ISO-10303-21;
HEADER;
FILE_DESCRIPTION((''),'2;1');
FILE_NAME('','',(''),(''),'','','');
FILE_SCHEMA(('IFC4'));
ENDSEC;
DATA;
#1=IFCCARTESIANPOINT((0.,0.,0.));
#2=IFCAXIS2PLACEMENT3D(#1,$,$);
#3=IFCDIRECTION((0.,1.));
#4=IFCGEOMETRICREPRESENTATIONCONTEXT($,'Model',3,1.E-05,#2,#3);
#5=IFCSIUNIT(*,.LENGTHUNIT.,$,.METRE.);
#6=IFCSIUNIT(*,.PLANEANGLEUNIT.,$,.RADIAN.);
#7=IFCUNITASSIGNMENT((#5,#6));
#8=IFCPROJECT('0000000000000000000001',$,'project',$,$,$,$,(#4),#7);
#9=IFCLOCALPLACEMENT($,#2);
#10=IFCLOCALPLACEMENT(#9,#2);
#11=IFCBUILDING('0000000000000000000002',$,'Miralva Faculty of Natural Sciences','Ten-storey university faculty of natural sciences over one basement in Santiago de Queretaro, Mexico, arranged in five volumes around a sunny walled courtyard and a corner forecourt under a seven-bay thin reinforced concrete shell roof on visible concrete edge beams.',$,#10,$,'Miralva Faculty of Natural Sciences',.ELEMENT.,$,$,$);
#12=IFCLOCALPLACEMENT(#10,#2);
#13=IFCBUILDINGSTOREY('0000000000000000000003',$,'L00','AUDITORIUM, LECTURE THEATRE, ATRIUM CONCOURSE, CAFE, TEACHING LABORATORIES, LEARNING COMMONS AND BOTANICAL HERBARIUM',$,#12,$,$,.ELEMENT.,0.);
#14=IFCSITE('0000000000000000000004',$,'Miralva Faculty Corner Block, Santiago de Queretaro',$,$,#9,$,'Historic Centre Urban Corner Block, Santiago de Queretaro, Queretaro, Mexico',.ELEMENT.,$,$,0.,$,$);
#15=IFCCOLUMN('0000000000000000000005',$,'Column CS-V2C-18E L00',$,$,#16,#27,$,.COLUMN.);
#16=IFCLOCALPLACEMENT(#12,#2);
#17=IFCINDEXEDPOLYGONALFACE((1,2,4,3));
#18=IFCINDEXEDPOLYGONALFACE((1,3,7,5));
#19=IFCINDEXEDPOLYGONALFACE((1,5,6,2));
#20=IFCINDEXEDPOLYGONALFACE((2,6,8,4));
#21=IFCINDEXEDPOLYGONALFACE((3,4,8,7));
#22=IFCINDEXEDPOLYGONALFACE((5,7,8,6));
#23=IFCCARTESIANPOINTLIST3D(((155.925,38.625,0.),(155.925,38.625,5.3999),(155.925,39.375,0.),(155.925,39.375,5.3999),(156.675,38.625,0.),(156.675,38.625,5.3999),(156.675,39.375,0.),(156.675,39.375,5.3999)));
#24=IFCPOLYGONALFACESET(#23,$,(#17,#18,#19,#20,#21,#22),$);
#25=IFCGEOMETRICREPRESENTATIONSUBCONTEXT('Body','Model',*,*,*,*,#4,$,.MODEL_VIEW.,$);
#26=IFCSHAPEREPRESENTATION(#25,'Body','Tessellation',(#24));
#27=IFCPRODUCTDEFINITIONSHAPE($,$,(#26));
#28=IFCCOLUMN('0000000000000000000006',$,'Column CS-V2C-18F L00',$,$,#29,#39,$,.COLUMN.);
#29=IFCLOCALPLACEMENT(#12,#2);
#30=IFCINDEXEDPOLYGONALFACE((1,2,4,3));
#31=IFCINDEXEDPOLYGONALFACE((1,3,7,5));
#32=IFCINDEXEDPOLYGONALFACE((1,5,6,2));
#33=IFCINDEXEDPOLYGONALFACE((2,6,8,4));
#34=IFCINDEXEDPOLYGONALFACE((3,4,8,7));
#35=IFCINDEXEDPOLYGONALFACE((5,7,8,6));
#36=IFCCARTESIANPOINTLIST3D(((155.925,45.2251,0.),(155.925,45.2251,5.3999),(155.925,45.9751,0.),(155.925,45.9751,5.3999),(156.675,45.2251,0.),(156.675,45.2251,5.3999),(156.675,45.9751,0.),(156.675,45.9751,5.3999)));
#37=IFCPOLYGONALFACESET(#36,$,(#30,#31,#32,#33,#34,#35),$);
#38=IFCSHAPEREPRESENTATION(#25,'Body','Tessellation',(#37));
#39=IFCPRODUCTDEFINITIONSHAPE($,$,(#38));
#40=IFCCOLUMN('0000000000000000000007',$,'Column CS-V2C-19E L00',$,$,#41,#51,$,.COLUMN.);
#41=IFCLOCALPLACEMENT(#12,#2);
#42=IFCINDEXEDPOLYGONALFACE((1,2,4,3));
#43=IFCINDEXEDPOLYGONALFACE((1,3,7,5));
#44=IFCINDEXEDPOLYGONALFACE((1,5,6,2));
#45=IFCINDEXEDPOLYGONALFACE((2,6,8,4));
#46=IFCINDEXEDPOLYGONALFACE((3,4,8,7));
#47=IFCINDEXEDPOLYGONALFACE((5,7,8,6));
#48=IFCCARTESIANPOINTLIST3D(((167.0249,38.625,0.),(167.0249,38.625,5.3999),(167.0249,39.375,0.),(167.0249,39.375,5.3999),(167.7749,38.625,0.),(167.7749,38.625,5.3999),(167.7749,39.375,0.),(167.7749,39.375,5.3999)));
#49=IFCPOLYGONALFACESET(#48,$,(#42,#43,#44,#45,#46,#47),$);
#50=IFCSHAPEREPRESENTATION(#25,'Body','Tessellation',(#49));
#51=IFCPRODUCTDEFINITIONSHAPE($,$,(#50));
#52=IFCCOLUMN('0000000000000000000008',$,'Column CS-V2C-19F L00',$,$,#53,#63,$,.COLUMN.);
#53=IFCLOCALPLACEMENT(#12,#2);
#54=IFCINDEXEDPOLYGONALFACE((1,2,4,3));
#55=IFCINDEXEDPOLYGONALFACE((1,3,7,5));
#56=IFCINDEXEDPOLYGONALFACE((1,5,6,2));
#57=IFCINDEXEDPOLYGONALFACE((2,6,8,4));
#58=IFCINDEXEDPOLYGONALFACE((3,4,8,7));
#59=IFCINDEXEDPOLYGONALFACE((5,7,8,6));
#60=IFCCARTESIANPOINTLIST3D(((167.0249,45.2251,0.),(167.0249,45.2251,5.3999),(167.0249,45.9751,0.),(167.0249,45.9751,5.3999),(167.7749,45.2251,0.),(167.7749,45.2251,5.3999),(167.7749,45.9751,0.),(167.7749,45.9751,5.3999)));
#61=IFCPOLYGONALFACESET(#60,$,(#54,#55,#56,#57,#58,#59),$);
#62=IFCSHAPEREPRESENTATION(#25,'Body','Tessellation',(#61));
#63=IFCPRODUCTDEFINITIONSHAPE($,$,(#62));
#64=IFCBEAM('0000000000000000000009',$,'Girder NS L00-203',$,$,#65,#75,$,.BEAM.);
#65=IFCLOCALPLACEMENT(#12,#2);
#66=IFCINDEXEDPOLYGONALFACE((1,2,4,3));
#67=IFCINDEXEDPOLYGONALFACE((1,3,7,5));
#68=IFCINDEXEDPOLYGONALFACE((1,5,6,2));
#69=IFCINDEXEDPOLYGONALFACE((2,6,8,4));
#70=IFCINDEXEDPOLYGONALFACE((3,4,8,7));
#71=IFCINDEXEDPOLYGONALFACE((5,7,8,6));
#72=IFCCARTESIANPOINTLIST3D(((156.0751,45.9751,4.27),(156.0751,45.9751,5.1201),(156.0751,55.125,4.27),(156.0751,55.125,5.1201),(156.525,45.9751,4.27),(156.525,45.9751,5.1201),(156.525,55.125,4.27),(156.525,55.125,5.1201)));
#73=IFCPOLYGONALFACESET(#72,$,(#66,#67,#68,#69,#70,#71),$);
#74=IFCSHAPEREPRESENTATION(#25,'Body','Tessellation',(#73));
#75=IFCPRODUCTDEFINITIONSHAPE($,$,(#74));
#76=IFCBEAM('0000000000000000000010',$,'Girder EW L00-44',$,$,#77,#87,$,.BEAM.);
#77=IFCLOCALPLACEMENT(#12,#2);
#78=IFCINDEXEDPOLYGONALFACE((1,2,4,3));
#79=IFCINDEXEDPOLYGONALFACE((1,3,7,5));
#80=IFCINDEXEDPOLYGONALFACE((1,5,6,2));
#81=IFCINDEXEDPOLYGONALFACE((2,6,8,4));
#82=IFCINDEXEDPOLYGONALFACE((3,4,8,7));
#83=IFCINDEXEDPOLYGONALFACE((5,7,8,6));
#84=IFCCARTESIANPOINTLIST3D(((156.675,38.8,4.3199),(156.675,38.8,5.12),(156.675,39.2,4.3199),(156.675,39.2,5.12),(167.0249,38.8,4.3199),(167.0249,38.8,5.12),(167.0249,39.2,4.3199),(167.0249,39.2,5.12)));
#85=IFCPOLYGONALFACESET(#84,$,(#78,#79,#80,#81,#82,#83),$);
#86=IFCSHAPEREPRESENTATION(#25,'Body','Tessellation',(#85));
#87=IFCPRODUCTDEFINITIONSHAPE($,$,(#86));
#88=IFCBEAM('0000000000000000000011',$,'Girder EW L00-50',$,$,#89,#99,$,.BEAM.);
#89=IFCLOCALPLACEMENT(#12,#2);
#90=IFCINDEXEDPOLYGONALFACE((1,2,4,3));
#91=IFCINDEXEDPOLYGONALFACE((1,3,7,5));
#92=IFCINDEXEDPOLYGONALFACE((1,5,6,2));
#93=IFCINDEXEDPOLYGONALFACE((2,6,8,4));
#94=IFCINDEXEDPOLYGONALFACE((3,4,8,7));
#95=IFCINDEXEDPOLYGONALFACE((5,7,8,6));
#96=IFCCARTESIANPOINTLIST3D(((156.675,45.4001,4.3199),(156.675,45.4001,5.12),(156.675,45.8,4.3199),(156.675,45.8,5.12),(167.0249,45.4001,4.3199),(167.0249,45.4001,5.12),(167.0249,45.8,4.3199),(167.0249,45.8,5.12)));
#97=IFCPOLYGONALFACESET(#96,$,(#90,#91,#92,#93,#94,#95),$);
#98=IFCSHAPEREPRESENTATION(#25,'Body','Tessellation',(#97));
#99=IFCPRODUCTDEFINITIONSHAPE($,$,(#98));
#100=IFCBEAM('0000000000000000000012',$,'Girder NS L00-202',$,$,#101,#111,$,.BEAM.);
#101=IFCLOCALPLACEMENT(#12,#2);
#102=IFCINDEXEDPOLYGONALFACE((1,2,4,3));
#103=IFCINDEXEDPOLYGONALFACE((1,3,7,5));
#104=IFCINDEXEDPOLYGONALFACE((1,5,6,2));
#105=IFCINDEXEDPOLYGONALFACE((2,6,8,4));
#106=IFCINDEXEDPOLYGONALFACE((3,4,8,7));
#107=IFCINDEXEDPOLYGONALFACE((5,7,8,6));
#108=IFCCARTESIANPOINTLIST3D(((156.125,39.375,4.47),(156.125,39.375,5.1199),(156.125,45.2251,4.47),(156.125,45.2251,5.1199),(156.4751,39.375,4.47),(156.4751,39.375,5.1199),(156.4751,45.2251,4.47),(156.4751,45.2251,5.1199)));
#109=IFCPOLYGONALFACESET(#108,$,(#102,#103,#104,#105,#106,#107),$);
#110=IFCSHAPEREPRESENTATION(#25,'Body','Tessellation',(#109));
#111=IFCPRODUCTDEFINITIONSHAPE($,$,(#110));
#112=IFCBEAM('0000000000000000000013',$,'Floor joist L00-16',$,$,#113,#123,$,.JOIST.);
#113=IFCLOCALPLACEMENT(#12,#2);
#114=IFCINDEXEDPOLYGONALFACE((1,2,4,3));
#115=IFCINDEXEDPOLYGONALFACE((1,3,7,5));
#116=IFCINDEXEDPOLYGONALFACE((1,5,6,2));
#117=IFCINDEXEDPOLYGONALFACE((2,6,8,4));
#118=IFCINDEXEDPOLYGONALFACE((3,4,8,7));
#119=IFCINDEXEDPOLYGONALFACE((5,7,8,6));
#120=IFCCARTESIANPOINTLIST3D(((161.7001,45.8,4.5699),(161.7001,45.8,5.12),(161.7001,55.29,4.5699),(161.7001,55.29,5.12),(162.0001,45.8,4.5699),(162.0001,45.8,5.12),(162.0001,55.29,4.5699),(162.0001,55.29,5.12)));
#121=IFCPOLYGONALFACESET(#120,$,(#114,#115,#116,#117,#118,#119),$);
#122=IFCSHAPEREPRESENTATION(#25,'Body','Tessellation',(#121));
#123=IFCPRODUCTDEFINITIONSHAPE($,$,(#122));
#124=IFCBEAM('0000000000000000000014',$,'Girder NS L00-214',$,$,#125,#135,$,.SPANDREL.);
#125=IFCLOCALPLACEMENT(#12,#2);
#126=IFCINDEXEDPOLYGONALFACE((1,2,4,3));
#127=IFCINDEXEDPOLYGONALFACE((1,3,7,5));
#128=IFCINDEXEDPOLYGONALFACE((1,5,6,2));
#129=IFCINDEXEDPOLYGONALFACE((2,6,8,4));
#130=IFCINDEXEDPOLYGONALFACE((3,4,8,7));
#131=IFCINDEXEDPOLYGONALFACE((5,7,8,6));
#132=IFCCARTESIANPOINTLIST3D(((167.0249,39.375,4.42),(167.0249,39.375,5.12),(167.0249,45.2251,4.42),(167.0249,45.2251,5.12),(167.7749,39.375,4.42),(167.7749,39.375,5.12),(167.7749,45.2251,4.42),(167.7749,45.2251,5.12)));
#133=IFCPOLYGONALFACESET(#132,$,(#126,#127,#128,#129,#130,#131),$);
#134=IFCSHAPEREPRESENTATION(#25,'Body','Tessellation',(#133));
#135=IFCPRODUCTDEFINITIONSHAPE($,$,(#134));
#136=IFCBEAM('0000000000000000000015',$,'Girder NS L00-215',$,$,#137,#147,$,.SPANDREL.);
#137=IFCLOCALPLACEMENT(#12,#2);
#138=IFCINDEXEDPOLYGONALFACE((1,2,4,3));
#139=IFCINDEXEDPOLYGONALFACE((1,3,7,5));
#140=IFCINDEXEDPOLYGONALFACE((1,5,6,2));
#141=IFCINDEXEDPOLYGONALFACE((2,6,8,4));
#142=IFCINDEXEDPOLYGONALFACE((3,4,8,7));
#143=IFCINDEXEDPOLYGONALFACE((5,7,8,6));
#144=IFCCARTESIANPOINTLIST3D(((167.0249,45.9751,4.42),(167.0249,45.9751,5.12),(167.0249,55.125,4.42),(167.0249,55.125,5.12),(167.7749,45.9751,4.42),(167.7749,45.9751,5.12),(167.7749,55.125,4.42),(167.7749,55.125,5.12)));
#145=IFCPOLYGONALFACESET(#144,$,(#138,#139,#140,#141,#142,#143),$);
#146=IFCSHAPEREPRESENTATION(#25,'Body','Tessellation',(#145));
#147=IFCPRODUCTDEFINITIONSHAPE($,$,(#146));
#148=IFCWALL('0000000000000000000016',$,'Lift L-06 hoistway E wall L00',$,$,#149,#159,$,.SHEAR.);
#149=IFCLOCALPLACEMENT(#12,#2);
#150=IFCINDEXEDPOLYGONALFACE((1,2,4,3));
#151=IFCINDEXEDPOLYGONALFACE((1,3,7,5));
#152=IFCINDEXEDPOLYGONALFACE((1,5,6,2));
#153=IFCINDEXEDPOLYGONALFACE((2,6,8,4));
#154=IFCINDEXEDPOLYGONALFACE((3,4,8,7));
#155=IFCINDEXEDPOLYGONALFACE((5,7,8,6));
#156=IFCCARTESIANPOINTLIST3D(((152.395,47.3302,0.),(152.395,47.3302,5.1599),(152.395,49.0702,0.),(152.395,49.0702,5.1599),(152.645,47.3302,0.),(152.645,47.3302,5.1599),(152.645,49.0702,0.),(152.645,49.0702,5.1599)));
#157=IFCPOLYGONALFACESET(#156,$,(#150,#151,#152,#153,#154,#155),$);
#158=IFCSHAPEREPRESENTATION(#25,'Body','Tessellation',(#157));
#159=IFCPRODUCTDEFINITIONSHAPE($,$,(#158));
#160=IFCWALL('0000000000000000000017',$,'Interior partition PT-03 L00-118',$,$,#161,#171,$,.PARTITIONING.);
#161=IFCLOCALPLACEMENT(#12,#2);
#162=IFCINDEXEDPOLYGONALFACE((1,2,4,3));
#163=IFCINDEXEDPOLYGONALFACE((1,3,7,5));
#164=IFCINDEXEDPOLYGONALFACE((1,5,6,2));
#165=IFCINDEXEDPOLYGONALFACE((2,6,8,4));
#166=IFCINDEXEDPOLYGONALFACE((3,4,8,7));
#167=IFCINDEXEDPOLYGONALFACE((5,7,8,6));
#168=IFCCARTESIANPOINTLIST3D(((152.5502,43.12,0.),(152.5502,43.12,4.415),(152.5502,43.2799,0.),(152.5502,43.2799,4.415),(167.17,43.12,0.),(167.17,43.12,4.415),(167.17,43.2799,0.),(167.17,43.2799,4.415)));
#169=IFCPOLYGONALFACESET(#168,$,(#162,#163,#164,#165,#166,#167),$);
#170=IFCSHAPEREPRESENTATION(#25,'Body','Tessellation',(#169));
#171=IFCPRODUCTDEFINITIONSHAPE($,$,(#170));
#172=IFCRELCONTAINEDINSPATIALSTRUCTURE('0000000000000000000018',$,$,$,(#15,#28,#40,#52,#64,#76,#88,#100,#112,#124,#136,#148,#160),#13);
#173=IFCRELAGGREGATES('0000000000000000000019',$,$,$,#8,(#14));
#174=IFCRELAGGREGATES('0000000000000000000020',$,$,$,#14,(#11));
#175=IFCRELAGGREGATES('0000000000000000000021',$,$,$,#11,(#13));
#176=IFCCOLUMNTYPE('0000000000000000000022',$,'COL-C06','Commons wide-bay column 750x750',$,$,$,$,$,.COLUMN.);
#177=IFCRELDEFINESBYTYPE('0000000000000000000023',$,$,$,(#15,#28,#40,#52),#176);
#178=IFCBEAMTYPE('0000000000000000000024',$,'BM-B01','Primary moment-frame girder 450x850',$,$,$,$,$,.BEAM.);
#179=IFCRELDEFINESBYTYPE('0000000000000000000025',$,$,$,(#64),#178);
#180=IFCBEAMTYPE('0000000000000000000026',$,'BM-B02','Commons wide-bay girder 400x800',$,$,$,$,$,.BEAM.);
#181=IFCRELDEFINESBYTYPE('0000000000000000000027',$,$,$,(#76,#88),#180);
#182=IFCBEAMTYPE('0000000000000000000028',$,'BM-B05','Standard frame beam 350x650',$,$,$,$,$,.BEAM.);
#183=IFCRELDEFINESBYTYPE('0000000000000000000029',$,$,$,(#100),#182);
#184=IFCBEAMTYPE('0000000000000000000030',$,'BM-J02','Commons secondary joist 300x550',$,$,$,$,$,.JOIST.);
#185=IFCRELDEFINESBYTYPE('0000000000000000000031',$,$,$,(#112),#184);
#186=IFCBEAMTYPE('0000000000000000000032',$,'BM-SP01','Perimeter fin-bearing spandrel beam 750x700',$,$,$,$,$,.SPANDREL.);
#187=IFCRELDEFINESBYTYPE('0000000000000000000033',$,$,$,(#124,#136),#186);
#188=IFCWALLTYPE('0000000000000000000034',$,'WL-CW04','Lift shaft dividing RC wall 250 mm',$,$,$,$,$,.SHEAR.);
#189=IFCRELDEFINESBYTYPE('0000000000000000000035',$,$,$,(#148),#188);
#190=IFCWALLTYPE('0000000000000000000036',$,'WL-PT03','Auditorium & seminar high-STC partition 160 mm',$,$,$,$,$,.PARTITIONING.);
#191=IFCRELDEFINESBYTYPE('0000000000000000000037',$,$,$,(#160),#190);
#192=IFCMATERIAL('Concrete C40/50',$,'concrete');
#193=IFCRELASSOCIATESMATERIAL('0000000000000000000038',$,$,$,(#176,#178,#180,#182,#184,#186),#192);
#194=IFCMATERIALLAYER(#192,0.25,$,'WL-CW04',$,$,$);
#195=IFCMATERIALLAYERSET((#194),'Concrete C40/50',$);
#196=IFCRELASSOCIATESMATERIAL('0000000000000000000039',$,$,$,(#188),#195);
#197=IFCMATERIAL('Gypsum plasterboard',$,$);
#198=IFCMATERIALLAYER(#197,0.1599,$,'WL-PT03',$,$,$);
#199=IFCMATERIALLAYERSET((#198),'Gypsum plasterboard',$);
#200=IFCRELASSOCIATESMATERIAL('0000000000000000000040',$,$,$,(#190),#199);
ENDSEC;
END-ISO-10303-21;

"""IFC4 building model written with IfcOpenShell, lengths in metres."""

from ifc_helpers import new_model, si_unit, direction, frame, frame_2d, origin, origin_2d, place, context, subcontext, project, spatial, rectangle, extrude, material, layer, layer_set, material_profile, profile_set, type_object, element, save


model = new_model("IFC4")

# Units and contexts
model_context = context("Model", 3, precision=1e-05, world=origin(), true_north=direction((0.0, 1.0)))
body_context = subcontext(model_context, "Body", "Model", "MODEL_VIEW")
ifc_project = project(units=[si_unit("LENGTHUNIT", "METRE"), si_unit("PLANEANGLEUNIT", "RADIAN")], contexts=[model_context])

# Site, building, storey
site_placement = place(None, origin())
site = spatial("IfcSite", under=ifc_project, at=site_placement, Name="Miralva Faculty Corner Block, Santiago de Queretaro", LongName="Historic Centre Urban Corner Block, Santiago de Queretaro, Queretaro, Mexico", CompositionType="ELEMENT", RefElevation=0.0)
building_placement = place(site_placement, origin())
building = spatial("IfcBuilding", under=site, at=building_placement, Name="Miralva Faculty of Natural Sciences", Description="Ten-storey university faculty of natural sciences over one basement in Santiago de Queretaro, Mexico, arranged in five volumes around a sunny walled courtyard and a corner forecourt under a seven-bay thin reinforced concrete shell roof on visible concrete edge beams.", LongName="Miralva Faculty of Natural Sciences", CompositionType="ELEMENT")
storey_placement = place(building_placement, origin())
storey = spatial("IfcBuildingStorey", under=building, at=storey_placement, Name="L00", Description="AUDITORIUM, LECTURE THEATRE, ATRIUM CONCOURSE, CAFE, TEACHING LABORATORIES, LEARNING COMMONS AND BOTANICAL HERBARIUM", CompositionType="ELEMENT", Elevation=0.0)

# Columns
ifc_material_1 = material(Name="Concrete C40/50", Category="concrete")
ifc_material_profile_1 = material_profile(ifc_material_1, rectangle(XDim=0.75, YDim=0.75, at=origin_2d()), Name="RC 750x750")
ifc_profile_set_1 = profile_set([ifc_material_profile_1], Name="Concrete C40/50")
column_type = type_object("IfcColumnType", Name="COL-C06", Description="Commons wide-bay column 750x750", PredefinedType="COLUMN", material=ifc_profile_set_1)
for number, where, z_axis, x_axis, name in (
    (1, (156.3, 39.0, 0.0), (0.0, 0.0, 1.0), (1.0, 0.0, 0.0), "Column CS-V2C-18E L00"),
    (2, (156.3, 45.6001, 0.0), (0.0, 0.0, 1.0), (1.0, 0.0, 0.0), "Column CS-V2C-18F L00"),
    (3, (167.3999, 39.0, 0.0), (0.0, 0.0, 1.0), (1.0, 0.0, 0.0), "Column CS-V2C-19E L00"),
    (4, (167.3999, 45.6001, 0.0), (0.0, 0.0, 1.0), (1.0, 0.0, 0.0), "Column CS-V2C-19F L00"),
):
    element("IfcColumn", number, at=place(storey_placement, frame(where, z_axis=z_axis, x_axis=x_axis)), inside=storey, type_object=column_type, Name=name, PredefinedType="COLUMN", context=body_context, shape_type="SweptSolid", body=[
        extrude(rectangle(XDim=0.75, YDim=0.75, at=origin_2d()), origin(), (0.0, 0.0, 1.0), 5.3999),
    ])

# Beams
ifc_material_profile_2 = material_profile(ifc_material_1, rectangle(XDim=0.45, YDim=0.8501, at=origin_2d()), Name="RC 450x850")
ifc_profile_set_2 = profile_set([ifc_material_profile_2], Name="Concrete C40/50")
beam_type_1 = type_object("IfcBeamType", Name="BM-B01", Description="Primary moment-frame girder 450x850", PredefinedType="BEAM", material=ifc_profile_set_2)
beam_1_placement = place(storey_placement, frame((156.3, 45.9751, 4.6951), z_axis=(0.0, 1.0, 0.0), x_axis=(-1.0, 0.0, 0.0)))
element("IfcBeam", 5, at=beam_1_placement, inside=storey, type_object=beam_type_1, Name="Girder NS L00-203", PredefinedType="BEAM", context=body_context, shape_type="SweptSolid", body=[
    extrude(rectangle(XDim=0.45, YDim=0.8501, at=origin_2d()), origin(), (0.0, 0.0, 1.0), 9.1499),
])
ifc_material_profile_3 = material_profile(ifc_material_1, rectangle(XDim=0.3999, YDim=0.8, at=origin_2d()), Name="RC 400x800")
ifc_profile_set_3 = profile_set([ifc_material_profile_3], Name="Concrete C40/50")
beam_type_2 = type_object("IfcBeamType", Name="BM-B02", Description="Commons wide-bay girder 400x800", PredefinedType="BEAM", material=ifc_profile_set_3)
for number, where, z_axis, x_axis, name in (
    (6, (156.675, 39.0, 4.72), (1.0, 0.0, 0.0), (0.0, 1.0, 0.0), "Girder EW L00-44"),
    (7, (156.675, 45.6001, 4.72), (1.0, 0.0, 0.0), (0.0, 1.0, 0.0), "Girder EW L00-50"),
):
    element("IfcBeam", number, at=place(storey_placement, frame(where, z_axis=z_axis, x_axis=x_axis)), inside=storey, type_object=beam_type_2, Name=name, PredefinedType="BEAM", context=body_context, shape_type="SweptSolid", body=[
        extrude(rectangle(XDim=0.3999, YDim=0.8, at=origin_2d()), origin(), (0.0, 0.0, 1.0), 10.3499),
    ])
ifc_material_profile_4 = material_profile(ifc_material_1, rectangle(XDim=0.3501, YDim=0.6499, at=origin_2d()), Name="RC 350x650")
ifc_profile_set_4 = profile_set([ifc_material_profile_4], Name="Concrete C40/50")
beam_type_3 = type_object("IfcBeamType", Name="BM-B05", Description="Standard frame beam 350x650", PredefinedType="BEAM", material=ifc_profile_set_4)
beam_2_placement = place(storey_placement, frame((156.3, 39.375, 4.7949), z_axis=(0.0, 1.0, 0.0), x_axis=(-1.0, 0.0, 0.0)))
element("IfcBeam", 8, at=beam_2_placement, inside=storey, type_object=beam_type_3, Name="Girder NS L00-202", PredefinedType="BEAM", context=body_context, shape_type="SweptSolid", body=[
    extrude(rectangle(XDim=0.3501, YDim=0.6499, at=origin_2d()), origin(), (0.0, 0.0, 1.0), 5.8501),
])
ifc_material_profile_5 = material_profile(ifc_material_1, rectangle(XDim=0.3, YDim=0.55, at=origin_2d()), Name="RC 300x550")
ifc_profile_set_5 = profile_set([ifc_material_profile_5], Name="Concrete C40/50")
beam_type_4 = type_object("IfcBeamType", Name="BM-J02", Description="Commons secondary joist 300x550", PredefinedType="JOIST", material=ifc_profile_set_5)
beam_3_placement = place(storey_placement, frame((161.8501, 45.8, 4.845), z_axis=(0.0, 1.0, 0.0), x_axis=(-1.0, 0.0, 0.0)))
element("IfcBeam", 9, at=beam_3_placement, inside=storey, type_object=beam_type_4, Name="Floor joist L00-16", PredefinedType="JOIST", context=body_context, shape_type="SweptSolid", body=[
    extrude(rectangle(XDim=0.3, YDim=0.55, at=origin_2d()), origin(), (0.0, 0.0, 1.0), 9.49),
])
ifc_material_profile_6 = material_profile(ifc_material_1, rectangle(XDim=0.75, YDim=0.7, at=origin_2d()), Name="RC 750x700")
ifc_profile_set_6 = profile_set([ifc_material_profile_6], Name="Concrete C40/50")
beam_type_5 = type_object("IfcBeamType", Name="BM-SP01", Description="Perimeter fin-bearing spandrel beam 750x700", PredefinedType="SPANDREL", material=ifc_profile_set_6)
beam_4_placement = place(storey_placement, frame((167.3999, 39.375, 4.77), z_axis=(0.0, 1.0, 0.0), x_axis=(-1.0, 0.0, 0.0)))
element("IfcBeam", 10, at=beam_4_placement, inside=storey, type_object=beam_type_5, Name="Girder NS L00-214", PredefinedType="SPANDREL", context=body_context, shape_type="SweptSolid", body=[
    extrude(rectangle(XDim=0.75, YDim=0.7, at=origin_2d()), origin(), (0.0, 0.0, 1.0), 5.8501),
])
beam_5_placement = place(storey_placement, frame((167.3999, 45.9751, 4.77), z_axis=(0.0, 1.0, 0.0), x_axis=(-1.0, 0.0, 0.0)))
element("IfcBeam", 11, at=beam_5_placement, inside=storey, type_object=beam_type_5, Name="Girder NS L00-215", PredefinedType="SPANDREL", context=body_context, shape_type="SweptSolid", body=[
    extrude(rectangle(XDim=0.75, YDim=0.7, at=origin_2d()), origin(), (0.0, 0.0, 1.0), 9.1499),
])

# Walls
ifc_layer_1 = layer(ifc_material_1, 0.25, Name="WL-CW04")
ifc_layer_set_1 = layer_set([ifc_layer_1], Name="Concrete C40/50")
wall_type_1 = type_object("IfcWallType", Name="WL-CW04", Description="Lift shaft dividing RC wall 250 mm", PredefinedType="SHEAR", material=ifc_layer_set_1)
wall_1_placement = place(storey_placement, frame((152.52, 47.3301, 0.0), z_axis=(0.0, 0.0, 1.0), x_axis=(0.0, 1.0, 0.0)))
element("IfcWall", 12, at=wall_1_placement, inside=storey, type_object=wall_type_1, Name="Lift L-06 hoistway E wall L00", PredefinedType="SHEAR", context=body_context, shape_type="SweptSolid", body=[
    extrude(rectangle(XDim=1.74, YDim=0.25, at=frame_2d((0.8701, 0.0))), origin(), (0.0, 0.0, 1.0), 5.1599),
])
ifc_material_2 = material(Name="Gypsum plasterboard")
ifc_layer_2 = layer(ifc_material_2, 0.1599, Name="WL-PT03")
ifc_layer_set_2 = layer_set([ifc_layer_2], Name="Gypsum plasterboard")
wall_type_2 = type_object("IfcWallType", Name="WL-PT03", Description="Auditorium & seminar high-STC partition 160 mm", PredefinedType="PARTITIONING", material=ifc_layer_set_2)
wall_2_placement = place(storey_placement, frame((152.55, 43.2, 0.0), z_axis=(0.0, 0.0, 1.0), x_axis=(1.0, 0.0, 0.0)))
element("IfcWall", 13, at=wall_2_placement, inside=storey, type_object=wall_type_2, Name="Interior partition PT-03 L00-118", PredefinedType="PARTITIONING", context=body_context, shape_type="SweptSolid", body=[
    extrude(rectangle(XDim=14.6199, YDim=0.1599, at=frame_2d((7.3101, 0.0))), origin(), (0.0, 0.0, 1.0), 4.415),
])

save(model, "model.ifc")
